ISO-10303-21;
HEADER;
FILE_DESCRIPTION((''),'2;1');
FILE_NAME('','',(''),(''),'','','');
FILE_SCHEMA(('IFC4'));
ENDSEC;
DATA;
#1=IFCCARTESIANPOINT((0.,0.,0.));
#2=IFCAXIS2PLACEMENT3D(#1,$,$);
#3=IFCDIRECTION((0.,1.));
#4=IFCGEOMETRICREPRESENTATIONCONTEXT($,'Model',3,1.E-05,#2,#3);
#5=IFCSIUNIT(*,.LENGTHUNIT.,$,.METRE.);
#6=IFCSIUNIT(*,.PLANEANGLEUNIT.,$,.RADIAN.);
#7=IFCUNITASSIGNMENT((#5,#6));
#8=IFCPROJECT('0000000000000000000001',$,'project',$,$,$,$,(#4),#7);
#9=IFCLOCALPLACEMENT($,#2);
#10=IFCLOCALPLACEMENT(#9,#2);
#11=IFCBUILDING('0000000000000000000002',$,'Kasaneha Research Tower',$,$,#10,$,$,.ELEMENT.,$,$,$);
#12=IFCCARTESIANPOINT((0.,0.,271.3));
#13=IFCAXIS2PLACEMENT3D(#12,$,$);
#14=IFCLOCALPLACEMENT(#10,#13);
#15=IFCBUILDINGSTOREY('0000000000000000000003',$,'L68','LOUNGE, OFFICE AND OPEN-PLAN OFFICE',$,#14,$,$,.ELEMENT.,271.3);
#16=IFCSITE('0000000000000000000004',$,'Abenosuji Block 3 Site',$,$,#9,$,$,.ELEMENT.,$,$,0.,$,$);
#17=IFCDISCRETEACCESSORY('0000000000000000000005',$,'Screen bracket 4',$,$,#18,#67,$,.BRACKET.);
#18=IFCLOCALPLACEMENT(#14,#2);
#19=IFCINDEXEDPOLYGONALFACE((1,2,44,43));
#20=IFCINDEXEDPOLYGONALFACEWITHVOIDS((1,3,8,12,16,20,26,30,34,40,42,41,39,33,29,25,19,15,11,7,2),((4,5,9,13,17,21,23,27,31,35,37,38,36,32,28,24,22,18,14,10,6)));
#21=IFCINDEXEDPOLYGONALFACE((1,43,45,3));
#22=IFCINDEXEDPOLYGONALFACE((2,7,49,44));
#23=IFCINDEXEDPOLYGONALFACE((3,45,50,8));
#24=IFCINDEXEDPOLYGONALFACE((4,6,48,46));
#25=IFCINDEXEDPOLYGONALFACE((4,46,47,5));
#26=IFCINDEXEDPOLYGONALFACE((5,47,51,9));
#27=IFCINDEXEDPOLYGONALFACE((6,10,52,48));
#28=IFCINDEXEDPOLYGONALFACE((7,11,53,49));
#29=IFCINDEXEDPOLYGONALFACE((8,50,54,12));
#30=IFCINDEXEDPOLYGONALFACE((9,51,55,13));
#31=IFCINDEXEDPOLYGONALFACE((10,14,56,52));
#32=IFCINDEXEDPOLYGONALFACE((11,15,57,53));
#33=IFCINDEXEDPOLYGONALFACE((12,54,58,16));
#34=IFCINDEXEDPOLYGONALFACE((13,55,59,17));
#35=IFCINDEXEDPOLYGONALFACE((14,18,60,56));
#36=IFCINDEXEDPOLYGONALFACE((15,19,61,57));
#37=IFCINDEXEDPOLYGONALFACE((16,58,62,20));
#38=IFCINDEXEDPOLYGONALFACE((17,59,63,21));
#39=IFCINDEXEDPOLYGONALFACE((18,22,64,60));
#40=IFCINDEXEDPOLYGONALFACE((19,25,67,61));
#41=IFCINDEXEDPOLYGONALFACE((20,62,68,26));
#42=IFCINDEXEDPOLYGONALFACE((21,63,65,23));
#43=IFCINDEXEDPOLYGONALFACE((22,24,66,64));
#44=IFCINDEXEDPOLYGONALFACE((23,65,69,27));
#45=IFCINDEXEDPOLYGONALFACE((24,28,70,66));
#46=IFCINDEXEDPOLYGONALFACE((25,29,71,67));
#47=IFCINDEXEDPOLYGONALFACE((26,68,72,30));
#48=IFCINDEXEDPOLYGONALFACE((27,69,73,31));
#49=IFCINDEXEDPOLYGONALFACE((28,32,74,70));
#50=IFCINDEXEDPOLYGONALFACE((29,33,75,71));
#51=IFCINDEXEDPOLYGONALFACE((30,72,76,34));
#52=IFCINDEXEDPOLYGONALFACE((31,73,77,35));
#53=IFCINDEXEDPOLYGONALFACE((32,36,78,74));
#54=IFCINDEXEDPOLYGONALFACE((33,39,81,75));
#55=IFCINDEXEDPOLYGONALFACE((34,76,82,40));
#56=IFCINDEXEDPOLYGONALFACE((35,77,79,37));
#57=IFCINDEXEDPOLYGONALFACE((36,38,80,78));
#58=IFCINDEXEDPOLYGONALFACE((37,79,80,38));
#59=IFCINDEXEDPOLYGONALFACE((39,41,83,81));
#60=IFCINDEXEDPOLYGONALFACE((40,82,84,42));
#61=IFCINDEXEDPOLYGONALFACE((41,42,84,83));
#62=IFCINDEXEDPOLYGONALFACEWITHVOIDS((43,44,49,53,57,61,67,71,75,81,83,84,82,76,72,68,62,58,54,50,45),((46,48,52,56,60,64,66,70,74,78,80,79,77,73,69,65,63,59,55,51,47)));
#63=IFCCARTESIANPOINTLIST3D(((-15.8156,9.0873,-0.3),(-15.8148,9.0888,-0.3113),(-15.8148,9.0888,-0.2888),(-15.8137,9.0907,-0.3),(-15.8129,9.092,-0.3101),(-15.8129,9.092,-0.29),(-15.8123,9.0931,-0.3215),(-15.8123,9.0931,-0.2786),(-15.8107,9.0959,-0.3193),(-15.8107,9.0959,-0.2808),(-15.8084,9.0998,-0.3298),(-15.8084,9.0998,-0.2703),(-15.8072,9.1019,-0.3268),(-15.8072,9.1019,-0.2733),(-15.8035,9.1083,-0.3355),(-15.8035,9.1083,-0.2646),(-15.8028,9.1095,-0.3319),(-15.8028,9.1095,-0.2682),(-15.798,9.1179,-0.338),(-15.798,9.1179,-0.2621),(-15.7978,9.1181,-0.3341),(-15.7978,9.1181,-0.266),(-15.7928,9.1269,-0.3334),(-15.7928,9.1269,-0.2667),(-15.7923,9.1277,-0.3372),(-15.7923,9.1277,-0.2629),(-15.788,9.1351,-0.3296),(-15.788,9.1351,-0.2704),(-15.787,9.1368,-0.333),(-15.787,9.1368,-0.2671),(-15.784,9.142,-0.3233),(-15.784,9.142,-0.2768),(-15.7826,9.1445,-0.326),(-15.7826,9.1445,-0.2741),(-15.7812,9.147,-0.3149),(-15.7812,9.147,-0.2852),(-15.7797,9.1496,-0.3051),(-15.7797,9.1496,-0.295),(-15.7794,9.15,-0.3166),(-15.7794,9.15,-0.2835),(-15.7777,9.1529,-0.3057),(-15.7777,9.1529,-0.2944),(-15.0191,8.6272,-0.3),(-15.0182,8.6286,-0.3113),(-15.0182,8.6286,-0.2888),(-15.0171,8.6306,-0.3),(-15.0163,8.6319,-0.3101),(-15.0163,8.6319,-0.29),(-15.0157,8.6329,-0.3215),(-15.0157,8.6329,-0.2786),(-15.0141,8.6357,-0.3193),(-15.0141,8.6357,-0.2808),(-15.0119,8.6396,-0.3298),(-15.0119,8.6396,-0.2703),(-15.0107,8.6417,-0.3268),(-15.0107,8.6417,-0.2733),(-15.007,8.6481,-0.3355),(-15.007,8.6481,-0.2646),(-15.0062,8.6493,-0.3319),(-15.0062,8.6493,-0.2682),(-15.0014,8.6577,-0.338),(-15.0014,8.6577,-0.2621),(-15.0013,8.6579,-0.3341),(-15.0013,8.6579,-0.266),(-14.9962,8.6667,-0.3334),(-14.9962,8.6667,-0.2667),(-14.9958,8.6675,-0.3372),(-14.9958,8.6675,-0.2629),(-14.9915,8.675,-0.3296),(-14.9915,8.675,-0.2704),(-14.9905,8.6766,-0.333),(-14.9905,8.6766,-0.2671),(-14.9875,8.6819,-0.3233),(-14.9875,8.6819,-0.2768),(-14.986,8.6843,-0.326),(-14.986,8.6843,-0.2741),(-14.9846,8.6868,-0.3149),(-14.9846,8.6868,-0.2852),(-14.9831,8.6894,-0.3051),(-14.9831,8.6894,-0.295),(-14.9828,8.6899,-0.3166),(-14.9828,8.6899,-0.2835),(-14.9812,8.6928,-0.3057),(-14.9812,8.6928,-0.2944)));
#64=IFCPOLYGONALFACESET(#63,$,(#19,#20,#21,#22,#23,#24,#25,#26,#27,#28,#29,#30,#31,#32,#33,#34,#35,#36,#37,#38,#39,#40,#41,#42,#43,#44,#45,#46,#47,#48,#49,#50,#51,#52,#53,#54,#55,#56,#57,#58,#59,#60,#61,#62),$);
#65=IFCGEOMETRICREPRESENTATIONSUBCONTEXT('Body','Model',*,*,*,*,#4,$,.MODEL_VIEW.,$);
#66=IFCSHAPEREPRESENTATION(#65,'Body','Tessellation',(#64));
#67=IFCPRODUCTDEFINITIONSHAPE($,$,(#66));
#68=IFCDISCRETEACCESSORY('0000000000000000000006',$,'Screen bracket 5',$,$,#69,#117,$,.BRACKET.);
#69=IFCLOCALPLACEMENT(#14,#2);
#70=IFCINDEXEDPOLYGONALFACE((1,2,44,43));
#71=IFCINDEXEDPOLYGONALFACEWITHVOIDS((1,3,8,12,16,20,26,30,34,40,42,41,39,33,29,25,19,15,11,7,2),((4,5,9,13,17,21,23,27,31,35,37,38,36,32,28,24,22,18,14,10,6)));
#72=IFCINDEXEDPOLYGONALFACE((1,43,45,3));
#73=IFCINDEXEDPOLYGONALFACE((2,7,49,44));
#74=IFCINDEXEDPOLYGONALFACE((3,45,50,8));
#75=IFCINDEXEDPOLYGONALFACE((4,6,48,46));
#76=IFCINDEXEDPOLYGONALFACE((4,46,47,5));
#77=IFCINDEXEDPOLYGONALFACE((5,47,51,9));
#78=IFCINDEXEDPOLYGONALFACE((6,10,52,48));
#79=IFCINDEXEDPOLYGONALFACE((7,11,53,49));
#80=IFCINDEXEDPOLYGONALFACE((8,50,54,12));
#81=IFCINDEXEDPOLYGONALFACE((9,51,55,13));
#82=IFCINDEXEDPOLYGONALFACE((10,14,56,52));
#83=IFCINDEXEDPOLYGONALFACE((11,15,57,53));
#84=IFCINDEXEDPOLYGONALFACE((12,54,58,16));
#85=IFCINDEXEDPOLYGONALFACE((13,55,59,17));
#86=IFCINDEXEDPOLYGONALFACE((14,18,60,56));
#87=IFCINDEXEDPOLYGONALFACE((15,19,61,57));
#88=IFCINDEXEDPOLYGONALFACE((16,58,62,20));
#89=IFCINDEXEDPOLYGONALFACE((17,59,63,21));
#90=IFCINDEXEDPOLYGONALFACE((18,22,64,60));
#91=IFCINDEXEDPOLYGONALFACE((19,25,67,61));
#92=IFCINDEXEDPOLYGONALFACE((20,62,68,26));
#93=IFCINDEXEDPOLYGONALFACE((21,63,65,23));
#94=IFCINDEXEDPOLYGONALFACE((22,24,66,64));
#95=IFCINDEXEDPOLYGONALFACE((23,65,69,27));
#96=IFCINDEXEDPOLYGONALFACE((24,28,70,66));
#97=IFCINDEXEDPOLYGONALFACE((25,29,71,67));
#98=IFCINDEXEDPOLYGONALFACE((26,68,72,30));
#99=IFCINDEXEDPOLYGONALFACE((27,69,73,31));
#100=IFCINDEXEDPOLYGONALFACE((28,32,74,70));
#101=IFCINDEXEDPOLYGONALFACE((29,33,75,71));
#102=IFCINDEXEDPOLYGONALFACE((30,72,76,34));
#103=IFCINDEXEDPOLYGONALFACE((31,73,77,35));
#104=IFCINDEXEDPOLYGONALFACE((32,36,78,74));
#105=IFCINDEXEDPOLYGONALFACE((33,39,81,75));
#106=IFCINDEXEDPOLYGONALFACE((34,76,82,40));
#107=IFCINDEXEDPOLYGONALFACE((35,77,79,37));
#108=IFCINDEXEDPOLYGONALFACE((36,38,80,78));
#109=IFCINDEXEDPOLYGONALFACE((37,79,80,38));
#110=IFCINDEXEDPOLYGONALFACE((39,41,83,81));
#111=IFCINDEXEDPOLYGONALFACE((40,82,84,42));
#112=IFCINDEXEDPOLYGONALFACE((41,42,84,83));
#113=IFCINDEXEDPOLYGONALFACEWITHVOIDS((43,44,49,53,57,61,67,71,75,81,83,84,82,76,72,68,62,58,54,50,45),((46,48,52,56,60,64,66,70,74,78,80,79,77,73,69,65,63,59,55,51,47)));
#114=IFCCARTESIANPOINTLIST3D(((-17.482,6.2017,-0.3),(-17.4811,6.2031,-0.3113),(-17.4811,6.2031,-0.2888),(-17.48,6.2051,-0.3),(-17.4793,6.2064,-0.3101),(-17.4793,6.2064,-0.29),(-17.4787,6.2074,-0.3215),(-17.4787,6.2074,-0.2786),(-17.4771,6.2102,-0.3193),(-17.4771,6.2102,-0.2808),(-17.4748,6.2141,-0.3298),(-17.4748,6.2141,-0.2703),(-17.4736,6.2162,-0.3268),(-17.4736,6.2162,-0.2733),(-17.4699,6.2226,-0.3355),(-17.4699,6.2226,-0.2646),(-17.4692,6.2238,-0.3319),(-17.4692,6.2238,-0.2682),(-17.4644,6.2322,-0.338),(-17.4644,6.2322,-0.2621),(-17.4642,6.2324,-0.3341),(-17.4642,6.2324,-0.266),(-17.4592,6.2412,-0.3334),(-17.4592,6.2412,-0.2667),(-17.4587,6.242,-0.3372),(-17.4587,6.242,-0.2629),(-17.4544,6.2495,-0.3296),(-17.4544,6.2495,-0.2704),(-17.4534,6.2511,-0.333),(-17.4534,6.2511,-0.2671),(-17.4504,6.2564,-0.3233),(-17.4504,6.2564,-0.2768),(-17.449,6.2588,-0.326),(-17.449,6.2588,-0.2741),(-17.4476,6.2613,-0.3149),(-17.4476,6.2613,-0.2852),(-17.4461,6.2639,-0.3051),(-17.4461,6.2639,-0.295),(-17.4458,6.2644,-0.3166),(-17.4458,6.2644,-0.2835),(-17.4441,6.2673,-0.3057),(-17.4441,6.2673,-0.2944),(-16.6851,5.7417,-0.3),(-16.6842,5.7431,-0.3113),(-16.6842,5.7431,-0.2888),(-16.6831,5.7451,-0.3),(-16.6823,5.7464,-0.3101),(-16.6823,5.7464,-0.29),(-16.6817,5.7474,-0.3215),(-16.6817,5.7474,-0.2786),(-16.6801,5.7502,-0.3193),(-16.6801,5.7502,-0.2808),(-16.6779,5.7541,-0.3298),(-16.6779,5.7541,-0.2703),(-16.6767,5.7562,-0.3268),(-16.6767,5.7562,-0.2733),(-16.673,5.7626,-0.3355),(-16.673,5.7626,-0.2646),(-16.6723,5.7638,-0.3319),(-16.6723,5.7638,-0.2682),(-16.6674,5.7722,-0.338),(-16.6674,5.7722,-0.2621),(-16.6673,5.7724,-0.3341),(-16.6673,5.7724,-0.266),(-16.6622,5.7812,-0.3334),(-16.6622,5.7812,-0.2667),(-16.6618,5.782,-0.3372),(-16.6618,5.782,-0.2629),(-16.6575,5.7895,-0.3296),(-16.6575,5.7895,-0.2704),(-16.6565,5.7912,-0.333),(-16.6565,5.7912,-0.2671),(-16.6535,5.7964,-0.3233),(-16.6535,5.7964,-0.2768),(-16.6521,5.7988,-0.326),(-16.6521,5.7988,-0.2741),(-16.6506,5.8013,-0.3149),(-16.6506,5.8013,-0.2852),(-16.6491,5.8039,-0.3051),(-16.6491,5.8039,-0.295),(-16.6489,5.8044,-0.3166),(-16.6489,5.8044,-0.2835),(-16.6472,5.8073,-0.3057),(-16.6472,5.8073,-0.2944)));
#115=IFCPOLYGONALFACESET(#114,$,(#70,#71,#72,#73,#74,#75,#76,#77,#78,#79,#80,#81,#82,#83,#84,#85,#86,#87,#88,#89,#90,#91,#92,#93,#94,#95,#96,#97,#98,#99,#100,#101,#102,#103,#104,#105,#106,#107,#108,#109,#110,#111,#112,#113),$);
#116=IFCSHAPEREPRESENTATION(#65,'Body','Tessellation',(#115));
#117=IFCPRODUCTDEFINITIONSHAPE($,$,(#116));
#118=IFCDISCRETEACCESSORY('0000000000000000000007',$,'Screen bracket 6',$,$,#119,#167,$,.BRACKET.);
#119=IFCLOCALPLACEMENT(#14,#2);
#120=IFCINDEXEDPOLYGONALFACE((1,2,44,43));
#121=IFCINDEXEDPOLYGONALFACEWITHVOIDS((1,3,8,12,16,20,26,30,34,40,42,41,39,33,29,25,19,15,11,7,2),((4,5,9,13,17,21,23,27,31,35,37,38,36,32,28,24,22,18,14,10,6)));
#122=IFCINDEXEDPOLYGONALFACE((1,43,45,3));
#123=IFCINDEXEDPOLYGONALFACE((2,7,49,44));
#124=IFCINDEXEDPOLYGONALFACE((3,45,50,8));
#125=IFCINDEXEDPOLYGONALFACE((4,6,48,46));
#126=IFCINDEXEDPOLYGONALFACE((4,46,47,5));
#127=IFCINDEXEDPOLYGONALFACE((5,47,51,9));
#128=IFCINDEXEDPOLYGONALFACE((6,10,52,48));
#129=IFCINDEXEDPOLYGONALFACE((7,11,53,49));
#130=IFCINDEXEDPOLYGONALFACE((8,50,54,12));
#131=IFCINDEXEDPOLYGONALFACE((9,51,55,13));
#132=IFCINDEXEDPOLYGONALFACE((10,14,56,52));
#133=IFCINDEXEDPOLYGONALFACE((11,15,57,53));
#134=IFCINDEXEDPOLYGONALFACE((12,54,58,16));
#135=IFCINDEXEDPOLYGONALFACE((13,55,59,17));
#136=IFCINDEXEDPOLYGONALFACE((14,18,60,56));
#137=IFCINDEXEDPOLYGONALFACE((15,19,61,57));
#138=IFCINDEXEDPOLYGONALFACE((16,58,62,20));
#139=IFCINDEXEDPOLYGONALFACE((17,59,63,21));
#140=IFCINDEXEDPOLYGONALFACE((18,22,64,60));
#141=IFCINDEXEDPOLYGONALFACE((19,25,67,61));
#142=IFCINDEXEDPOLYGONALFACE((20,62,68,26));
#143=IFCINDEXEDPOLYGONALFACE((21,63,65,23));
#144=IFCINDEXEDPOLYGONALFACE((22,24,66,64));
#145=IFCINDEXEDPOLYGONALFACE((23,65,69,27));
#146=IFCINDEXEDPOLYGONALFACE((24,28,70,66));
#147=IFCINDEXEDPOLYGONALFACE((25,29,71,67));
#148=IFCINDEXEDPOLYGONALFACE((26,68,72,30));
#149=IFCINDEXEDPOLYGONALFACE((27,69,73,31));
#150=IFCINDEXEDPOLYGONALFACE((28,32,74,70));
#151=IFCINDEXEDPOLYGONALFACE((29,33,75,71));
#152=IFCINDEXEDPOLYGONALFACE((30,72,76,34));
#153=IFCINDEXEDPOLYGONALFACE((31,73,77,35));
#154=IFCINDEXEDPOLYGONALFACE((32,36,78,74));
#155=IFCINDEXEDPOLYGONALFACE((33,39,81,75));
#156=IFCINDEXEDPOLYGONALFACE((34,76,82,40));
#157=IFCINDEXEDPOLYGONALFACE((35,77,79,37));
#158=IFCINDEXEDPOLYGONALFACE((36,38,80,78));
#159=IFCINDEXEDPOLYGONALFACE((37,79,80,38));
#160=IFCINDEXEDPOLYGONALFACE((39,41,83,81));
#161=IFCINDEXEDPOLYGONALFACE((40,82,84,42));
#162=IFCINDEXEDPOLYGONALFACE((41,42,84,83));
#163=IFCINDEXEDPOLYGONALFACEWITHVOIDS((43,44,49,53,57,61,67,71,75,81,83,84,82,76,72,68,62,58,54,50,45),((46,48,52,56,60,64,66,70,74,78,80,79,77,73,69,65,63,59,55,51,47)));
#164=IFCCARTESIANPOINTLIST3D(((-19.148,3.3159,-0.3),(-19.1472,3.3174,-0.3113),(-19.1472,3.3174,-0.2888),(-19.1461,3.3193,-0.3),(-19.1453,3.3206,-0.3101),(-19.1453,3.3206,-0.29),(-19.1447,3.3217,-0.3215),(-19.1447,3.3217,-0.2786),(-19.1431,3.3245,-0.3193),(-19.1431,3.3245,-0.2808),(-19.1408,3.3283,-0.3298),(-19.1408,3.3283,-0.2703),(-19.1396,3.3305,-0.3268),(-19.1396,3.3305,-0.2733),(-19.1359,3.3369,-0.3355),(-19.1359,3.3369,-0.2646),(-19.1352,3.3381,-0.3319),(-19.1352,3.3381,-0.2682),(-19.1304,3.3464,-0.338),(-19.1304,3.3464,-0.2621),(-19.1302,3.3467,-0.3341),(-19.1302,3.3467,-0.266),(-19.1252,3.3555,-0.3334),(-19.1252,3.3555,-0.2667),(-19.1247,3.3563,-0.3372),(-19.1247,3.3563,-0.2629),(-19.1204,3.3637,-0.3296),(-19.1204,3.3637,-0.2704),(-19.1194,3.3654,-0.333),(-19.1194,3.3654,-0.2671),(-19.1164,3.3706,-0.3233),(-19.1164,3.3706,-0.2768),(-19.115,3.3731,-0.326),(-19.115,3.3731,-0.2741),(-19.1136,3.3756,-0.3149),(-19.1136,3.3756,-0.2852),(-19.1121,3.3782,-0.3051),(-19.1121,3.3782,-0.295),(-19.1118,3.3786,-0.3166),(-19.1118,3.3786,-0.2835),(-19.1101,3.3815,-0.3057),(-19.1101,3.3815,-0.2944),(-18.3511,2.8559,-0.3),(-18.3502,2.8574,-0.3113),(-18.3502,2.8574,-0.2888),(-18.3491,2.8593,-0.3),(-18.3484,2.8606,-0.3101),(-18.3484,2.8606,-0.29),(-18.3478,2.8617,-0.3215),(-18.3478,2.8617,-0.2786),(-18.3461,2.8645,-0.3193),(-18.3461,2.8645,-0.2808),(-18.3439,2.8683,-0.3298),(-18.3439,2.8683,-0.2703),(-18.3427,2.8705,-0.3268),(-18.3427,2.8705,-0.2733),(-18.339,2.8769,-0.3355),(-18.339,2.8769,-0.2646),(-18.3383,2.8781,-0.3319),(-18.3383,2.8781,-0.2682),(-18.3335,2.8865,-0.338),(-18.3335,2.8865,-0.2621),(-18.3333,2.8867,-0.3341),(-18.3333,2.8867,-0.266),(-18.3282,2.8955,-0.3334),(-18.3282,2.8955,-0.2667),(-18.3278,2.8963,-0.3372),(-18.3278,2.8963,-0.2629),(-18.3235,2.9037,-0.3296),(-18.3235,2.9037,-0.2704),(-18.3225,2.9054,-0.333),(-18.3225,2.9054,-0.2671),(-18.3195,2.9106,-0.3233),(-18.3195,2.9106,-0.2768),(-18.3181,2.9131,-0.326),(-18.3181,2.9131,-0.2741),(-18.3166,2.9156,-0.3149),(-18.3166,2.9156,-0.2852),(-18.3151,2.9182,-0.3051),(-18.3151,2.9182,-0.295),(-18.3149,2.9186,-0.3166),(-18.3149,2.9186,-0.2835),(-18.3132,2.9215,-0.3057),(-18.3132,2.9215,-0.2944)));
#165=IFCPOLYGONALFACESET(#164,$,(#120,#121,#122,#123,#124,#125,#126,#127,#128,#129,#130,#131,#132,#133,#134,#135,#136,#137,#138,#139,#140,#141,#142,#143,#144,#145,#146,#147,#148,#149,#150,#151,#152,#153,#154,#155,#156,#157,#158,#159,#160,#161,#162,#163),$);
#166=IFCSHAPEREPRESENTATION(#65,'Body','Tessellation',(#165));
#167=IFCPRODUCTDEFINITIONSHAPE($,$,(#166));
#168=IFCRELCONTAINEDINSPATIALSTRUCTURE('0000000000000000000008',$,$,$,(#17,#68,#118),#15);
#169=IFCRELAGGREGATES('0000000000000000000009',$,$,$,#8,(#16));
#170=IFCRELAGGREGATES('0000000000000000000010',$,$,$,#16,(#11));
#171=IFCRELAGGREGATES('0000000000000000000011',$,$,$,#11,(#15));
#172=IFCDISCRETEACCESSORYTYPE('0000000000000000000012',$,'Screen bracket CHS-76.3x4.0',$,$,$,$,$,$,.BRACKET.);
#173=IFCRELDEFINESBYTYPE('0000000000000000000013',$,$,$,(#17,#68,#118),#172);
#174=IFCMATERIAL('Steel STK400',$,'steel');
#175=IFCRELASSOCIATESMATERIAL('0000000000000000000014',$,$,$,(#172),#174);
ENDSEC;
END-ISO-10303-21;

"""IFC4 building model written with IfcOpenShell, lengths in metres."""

from ifc_helpers import new_model, si_unit, direction, frame, origin, origin_2d, place, context, subcontext, project, spatial, hollow_circle, extrude, material, material_profile, profile_set, type_object, element, save


model = new_model("IFC4")

# Units and contexts
model_context = context("Model", 3, precision=1e-05, world=origin(), true_north=direction((0.0, 1.0)))
body_context = subcontext(model_context, "Body", "Model", "MODEL_VIEW")
ifc_project = project(units=[si_unit("LENGTHUNIT", "METRE"), si_unit("PLANEANGLEUNIT", "RADIAN")], contexts=[model_context])

# Site, building, storey
site_placement = place(None, origin())
site = spatial("IfcSite", under=ifc_project, at=site_placement, Name="Abenosuji Block 3 Site", CompositionType="ELEMENT", RefElevation=0.0)
building_placement = place(site_placement, origin())
building = spatial("IfcBuilding", under=site, at=building_placement, Name="Kasaneha Research Tower", CompositionType="ELEMENT")
storey_placement = place(building_placement, frame((0.0, 0.0, 271.3)))
storey = spatial("IfcBuildingStorey", under=building, at=storey_placement, Name="L68", Description="LOUNGE, OFFICE AND OPEN-PLAN OFFICE", CompositionType="ELEMENT", Elevation=271.3)

# Discrete accessories
ifc_material_1 = material(Name="Steel STK400", Category="steel")
ifc_material_profile_1 = material_profile(ifc_material_1, hollow_circle(Radius=0.0381, WallThickness=0.0039, at=origin_2d()), Name="CHS-76.3x4.0")
ifc_profile_set_1 = profile_set([ifc_material_profile_1], Name="Steel STK400")
discrete_accessory_type = type_object("IfcDiscreteAccessoryType", Name="Screen bracket CHS-76.3x4.0", PredefinedType="BRACKET", material=ifc_profile_set_1)
discrete_accessory_1_placement = place(storey_placement, frame((-15.0, 8.6602, -0.3), z_axis=(-0.865898, 0.50022, 0.0), x_axis=(-0.50022, -0.865898, 0.0)))
element("IfcDiscreteAccessory", 1, at=discrete_accessory_1_placement, inside=storey, type_object=discrete_accessory_type, Name="Screen bracket 4", PredefinedType="BRACKET", context=body_context, shape_type="SweptSolid", body=[
    extrude(hollow_circle(Radius=0.0381, WallThickness=0.0039, at=origin_2d()), origin(), (0.0, 0.0, 1.0), 0.9199),
])
for number, where, z_axis, x_axis, name in (
    (2, (-16.666, 5.7747, -0.3), (-0.86608, 0.499906, 0.0), (-0.499906, -0.86608, 0.0), "Screen bracket 5"),
    (3, (-18.332, 2.8889, -0.3), (-0.86608, 0.499906, 0.0), (-0.499906, -0.86608, 0.0), "Screen bracket 6"),
):
    element("IfcDiscreteAccessory", number, at=place(storey_placement, frame(where, z_axis=z_axis, x_axis=x_axis)), inside=storey, type_object=discrete_accessory_type, Name=name, PredefinedType="BRACKET", context=body_context, shape_type="SweptSolid", body=[
        extrude(hollow_circle(Radius=0.0381, WallThickness=0.0039, at=origin_2d()), origin(), (0.0, 0.0, 1.0), 0.9202),
    ])

save(model, "model.ifc")
